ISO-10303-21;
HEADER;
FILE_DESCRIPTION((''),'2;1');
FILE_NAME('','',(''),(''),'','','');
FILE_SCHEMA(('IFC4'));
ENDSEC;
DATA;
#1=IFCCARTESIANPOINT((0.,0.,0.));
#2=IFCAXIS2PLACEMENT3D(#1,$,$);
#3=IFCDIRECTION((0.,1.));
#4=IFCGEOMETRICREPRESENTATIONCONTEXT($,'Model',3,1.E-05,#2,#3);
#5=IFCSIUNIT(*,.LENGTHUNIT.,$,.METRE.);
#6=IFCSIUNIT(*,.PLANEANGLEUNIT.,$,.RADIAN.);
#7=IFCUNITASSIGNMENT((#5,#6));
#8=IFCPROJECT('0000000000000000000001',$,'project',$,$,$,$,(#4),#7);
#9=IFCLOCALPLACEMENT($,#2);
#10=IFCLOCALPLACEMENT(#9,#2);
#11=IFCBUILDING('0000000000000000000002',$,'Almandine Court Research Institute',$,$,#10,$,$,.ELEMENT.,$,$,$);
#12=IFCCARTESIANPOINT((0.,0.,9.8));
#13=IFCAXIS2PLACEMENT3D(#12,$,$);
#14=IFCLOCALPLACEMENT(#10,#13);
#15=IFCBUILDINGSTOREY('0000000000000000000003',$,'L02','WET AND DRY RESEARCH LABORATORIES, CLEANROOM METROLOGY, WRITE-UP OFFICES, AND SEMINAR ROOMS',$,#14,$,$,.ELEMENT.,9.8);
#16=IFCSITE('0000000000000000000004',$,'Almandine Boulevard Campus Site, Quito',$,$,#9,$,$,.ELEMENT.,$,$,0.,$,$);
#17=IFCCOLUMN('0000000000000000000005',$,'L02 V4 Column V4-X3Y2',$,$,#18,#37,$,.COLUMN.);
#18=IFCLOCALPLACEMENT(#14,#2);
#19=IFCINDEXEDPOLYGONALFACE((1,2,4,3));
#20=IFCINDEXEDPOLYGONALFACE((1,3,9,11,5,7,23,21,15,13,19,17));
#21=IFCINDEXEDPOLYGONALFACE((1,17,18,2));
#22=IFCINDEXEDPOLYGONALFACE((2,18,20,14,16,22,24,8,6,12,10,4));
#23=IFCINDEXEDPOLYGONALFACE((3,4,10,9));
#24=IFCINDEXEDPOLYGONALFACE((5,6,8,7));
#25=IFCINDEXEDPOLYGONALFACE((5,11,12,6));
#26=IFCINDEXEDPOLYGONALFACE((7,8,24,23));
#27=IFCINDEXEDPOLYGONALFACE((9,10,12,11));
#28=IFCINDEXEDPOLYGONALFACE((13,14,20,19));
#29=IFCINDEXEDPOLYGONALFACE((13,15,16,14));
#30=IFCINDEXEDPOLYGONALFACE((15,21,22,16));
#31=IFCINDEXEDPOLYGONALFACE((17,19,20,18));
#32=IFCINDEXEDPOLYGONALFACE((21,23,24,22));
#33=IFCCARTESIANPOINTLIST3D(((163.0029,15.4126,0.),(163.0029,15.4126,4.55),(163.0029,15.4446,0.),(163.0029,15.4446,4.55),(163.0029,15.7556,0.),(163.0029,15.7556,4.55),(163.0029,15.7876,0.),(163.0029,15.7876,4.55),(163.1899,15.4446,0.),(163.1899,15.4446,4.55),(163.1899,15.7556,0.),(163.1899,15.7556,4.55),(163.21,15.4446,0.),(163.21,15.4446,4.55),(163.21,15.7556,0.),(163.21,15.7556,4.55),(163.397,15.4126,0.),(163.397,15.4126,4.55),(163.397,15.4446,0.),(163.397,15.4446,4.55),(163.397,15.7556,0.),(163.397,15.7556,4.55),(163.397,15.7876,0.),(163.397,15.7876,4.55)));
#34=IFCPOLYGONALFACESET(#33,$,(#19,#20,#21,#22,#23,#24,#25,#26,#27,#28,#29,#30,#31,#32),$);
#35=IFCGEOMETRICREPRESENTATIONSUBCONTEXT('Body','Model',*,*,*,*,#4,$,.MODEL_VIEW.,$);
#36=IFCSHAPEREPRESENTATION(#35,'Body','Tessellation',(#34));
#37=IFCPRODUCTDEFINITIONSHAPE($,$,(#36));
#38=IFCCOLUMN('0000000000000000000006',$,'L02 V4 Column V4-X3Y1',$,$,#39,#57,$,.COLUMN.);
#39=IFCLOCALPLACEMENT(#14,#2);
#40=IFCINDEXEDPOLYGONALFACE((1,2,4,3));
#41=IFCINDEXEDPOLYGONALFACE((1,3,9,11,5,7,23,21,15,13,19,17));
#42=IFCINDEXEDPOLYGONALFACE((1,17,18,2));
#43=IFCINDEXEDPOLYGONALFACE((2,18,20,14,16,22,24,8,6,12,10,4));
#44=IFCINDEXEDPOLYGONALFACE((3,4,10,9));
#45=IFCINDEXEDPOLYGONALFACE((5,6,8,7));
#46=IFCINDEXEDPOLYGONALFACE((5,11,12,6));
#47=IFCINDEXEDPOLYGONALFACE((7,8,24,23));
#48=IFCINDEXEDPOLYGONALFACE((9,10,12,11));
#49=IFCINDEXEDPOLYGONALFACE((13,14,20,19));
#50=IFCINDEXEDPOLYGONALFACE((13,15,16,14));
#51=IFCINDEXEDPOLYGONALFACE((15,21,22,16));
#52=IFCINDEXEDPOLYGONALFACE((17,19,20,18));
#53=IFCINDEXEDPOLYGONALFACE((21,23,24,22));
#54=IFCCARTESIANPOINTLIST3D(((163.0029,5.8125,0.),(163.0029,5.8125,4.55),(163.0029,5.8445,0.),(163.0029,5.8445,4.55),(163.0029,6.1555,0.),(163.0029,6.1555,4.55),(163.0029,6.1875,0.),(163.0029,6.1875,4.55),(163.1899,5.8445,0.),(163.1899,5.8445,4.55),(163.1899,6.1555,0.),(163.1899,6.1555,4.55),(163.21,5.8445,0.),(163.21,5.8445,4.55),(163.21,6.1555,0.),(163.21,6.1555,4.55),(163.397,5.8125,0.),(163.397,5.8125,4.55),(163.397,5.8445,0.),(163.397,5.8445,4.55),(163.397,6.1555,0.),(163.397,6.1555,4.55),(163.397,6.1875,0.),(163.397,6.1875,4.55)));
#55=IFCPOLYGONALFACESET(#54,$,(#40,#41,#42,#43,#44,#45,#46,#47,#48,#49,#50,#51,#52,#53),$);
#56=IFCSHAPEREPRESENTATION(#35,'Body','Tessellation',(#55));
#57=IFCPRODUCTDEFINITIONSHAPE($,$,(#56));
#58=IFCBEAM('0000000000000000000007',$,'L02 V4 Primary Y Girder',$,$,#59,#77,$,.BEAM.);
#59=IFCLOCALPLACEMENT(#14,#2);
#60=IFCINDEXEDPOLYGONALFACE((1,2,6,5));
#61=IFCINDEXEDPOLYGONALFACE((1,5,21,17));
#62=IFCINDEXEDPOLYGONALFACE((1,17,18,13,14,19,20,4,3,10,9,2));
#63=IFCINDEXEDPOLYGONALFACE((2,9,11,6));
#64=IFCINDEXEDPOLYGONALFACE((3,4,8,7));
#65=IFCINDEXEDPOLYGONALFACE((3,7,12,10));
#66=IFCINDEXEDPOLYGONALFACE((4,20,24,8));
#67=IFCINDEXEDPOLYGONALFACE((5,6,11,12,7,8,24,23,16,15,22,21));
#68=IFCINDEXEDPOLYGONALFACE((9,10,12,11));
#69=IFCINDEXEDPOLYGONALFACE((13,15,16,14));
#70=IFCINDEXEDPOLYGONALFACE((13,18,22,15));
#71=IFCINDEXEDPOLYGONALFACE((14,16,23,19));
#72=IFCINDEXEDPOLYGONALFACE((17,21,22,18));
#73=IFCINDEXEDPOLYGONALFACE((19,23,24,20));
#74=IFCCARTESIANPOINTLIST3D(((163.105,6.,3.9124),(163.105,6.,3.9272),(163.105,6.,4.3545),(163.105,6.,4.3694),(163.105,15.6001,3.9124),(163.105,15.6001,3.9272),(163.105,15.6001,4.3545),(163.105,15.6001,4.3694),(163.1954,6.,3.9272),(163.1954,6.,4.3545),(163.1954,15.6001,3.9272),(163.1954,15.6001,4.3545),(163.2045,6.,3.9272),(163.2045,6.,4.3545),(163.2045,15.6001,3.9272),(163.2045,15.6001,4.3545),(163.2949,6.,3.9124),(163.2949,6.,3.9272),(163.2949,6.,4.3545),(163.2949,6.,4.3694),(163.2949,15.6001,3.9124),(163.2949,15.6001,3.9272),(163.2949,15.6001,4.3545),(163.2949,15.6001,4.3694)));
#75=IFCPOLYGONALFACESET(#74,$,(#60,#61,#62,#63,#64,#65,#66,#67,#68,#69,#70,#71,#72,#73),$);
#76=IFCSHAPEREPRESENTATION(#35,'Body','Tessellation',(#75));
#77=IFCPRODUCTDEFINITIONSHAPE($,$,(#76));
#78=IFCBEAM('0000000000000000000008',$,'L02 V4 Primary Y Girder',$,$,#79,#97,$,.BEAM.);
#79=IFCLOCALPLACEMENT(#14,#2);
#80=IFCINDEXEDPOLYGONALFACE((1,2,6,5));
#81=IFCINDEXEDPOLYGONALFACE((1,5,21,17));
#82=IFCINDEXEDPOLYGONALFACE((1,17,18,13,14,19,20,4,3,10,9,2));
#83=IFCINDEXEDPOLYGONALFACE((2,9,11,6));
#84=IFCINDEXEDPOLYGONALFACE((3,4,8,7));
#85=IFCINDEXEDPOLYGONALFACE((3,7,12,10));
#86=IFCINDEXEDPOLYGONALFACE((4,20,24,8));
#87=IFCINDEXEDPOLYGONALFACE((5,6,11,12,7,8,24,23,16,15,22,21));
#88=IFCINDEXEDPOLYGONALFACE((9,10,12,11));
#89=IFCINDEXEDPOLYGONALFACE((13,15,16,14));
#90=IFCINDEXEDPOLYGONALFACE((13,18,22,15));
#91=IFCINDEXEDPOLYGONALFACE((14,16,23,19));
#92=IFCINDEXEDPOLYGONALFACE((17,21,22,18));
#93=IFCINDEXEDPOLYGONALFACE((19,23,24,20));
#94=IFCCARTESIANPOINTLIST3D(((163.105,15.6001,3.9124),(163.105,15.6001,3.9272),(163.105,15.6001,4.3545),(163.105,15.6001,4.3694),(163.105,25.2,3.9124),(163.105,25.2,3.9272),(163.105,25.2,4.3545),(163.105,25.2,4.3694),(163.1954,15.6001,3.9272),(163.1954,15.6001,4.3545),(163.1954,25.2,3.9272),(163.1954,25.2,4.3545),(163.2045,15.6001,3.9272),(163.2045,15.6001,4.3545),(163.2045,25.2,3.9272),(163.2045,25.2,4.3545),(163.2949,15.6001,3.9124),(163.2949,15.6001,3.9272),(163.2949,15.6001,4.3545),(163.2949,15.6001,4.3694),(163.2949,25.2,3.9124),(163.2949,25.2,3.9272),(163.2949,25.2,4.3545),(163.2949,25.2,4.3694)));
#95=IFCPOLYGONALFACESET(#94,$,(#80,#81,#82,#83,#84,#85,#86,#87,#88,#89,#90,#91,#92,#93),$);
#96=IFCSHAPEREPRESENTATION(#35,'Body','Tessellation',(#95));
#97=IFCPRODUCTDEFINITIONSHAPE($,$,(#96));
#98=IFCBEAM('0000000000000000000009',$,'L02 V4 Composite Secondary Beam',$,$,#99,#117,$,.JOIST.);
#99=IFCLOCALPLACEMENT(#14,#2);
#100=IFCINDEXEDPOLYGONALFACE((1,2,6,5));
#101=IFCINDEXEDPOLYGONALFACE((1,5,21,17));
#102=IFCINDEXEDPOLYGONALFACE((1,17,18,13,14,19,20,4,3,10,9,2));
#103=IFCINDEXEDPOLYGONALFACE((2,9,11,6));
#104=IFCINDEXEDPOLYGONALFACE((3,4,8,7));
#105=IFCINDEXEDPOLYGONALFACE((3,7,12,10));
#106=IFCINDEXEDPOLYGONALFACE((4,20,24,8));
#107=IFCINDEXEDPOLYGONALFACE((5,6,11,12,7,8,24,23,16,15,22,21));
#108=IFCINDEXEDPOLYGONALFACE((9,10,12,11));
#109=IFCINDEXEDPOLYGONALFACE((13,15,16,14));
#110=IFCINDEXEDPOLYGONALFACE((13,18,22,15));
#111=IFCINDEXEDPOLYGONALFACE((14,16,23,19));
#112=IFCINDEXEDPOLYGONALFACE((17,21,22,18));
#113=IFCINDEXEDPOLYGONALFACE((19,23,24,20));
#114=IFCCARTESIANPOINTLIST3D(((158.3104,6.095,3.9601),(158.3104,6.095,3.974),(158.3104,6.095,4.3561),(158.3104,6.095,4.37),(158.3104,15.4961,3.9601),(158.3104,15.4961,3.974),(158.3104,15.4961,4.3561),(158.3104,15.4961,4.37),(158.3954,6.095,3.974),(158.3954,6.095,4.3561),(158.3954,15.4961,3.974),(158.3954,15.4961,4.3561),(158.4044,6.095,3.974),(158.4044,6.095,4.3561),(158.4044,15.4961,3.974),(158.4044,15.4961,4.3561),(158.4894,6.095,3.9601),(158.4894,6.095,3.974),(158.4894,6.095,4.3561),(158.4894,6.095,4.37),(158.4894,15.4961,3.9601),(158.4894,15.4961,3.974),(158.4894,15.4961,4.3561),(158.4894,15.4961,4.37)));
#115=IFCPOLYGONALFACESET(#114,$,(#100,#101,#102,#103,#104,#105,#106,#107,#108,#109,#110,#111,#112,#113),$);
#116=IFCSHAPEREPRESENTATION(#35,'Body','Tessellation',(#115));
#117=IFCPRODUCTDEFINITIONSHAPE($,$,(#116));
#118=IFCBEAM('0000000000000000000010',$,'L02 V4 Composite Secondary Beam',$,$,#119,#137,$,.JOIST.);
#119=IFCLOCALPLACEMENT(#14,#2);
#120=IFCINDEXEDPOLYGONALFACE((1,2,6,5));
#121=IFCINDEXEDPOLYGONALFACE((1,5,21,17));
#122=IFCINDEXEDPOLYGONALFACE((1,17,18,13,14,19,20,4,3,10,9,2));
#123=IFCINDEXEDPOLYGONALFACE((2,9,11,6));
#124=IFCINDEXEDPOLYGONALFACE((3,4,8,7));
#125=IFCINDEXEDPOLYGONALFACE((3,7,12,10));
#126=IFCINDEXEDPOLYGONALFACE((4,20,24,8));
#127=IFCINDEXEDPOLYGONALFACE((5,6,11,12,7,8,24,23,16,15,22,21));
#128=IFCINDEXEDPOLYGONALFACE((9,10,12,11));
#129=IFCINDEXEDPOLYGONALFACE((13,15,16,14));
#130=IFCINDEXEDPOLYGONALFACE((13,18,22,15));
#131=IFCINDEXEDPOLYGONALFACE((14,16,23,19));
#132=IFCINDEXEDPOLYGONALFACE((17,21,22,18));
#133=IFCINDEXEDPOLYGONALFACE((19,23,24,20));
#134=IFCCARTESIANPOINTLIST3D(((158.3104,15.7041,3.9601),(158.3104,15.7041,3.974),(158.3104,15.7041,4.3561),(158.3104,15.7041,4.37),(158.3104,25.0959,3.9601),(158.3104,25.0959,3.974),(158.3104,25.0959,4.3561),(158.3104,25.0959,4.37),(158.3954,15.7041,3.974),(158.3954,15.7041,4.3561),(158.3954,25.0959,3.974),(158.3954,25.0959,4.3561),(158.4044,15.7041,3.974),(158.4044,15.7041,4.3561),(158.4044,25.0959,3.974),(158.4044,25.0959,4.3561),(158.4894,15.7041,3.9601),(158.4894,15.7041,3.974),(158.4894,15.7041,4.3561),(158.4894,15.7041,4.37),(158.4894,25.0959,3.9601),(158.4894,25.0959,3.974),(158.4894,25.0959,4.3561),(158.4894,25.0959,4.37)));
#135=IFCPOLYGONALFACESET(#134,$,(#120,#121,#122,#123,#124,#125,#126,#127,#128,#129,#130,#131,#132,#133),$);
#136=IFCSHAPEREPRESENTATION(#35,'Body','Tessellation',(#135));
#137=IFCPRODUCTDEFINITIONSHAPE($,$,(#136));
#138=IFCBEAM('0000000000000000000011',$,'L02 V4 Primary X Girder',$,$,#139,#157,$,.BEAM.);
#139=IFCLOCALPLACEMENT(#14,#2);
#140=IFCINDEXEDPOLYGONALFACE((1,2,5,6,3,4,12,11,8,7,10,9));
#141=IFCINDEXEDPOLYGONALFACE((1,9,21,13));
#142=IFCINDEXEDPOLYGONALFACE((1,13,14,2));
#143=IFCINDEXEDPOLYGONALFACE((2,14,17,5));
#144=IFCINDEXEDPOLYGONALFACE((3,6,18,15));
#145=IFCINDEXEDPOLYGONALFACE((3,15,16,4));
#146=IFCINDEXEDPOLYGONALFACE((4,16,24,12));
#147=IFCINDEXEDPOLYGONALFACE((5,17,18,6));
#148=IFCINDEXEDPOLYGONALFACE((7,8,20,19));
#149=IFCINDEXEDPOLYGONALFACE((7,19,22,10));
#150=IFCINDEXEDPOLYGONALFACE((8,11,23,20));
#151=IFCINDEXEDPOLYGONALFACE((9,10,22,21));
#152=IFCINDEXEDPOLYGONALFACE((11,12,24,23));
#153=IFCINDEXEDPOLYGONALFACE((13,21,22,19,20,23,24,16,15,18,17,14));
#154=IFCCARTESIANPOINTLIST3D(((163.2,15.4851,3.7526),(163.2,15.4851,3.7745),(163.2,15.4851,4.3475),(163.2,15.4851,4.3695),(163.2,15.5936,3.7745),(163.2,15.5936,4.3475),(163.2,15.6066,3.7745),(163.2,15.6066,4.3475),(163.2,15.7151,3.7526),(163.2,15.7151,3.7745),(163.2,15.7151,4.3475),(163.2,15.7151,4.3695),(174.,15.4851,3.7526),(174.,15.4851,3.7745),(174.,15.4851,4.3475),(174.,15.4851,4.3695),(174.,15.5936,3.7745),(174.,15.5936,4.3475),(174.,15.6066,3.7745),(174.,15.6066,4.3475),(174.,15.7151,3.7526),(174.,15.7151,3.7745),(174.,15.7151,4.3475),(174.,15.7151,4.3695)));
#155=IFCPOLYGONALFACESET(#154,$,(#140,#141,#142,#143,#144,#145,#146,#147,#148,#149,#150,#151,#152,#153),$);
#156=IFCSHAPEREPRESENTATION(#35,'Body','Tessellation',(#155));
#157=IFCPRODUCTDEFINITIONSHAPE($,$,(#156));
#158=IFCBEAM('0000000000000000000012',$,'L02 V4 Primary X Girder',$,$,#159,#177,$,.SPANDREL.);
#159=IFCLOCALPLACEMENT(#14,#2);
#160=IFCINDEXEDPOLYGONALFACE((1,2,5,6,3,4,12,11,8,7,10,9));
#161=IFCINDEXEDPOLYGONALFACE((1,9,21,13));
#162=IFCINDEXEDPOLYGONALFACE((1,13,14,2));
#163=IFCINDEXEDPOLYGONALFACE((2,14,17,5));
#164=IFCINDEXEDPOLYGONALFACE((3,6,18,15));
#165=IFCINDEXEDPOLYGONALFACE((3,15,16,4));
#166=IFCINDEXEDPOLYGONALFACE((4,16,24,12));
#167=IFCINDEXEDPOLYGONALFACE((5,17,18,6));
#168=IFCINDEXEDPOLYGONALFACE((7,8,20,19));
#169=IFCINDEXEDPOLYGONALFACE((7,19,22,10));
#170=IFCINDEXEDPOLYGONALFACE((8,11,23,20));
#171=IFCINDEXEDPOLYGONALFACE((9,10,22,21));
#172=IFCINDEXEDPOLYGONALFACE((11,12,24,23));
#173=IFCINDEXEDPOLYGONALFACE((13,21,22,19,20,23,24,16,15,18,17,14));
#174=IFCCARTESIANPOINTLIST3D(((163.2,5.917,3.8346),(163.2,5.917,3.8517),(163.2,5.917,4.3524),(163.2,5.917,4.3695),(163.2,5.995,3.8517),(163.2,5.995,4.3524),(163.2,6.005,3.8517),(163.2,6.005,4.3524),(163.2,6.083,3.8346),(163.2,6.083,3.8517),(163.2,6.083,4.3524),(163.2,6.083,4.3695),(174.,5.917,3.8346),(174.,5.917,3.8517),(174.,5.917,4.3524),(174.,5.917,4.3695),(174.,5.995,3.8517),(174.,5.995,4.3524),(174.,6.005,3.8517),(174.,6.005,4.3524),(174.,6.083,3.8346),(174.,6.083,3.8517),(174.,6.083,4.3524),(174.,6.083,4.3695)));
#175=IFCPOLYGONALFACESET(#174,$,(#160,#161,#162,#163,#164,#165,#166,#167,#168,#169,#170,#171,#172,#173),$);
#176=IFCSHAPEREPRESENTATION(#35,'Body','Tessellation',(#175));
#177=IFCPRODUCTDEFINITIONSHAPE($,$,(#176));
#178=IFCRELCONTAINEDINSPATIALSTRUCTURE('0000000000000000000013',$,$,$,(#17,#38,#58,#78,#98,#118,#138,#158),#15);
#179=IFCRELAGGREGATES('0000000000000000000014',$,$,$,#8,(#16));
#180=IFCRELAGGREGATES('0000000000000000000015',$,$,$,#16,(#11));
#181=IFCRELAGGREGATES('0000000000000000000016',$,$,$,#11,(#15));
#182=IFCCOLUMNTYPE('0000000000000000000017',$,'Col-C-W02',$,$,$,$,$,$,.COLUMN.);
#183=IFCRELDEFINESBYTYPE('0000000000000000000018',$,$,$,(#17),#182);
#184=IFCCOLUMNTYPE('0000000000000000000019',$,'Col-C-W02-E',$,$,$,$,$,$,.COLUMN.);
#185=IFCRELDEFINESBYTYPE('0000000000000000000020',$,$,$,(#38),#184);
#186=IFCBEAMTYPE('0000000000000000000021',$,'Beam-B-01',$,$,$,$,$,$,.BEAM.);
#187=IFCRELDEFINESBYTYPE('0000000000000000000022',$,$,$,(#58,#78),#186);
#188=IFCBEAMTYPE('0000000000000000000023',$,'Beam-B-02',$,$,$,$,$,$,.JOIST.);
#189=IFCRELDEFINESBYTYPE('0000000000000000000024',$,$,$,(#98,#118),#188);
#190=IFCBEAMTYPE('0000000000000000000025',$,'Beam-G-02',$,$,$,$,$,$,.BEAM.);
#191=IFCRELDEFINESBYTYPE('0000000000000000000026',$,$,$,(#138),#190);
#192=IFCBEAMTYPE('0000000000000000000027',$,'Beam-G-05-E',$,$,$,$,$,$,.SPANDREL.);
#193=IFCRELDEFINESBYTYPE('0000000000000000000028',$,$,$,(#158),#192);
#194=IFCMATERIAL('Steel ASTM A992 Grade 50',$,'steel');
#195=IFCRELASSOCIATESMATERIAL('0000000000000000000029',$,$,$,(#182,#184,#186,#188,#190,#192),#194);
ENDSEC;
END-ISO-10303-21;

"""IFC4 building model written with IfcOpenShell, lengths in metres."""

from ifc_helpers import new_model, si_unit, direction, frame, origin, origin_2d, place, context, subcontext, project, spatial, i_section, extrude, material, material_profile, profile_set, type_object, element, save


model = new_model("IFC4")

# Units and contexts
model_context = context("Model", 3, precision=1e-05, world=origin(), true_north=direction((0.0, 1.0)))
body_context = subcontext(model_context, "Body", "Model", "MODEL_VIEW")
ifc_project = project(units=[si_unit("LENGTHUNIT", "METRE"), si_unit("PLANEANGLEUNIT", "RADIAN")], contexts=[model_context])

# Site, building, storey
site_placement = place(None, origin())
site = spatial("IfcSite", under=ifc_project, at=site_placement, Name="Almandine Boulevard Campus Site, Quito", CompositionType="ELEMENT", RefElevation=0.0)
building_placement = place(site_placement, origin())
building = spatial("IfcBuilding", under=site, at=building_placement, Name="Almandine Court Research Institute", CompositionType="ELEMENT")
storey_placement = place(building_placement, frame((0.0, 0.0, 9.8)))
storey = spatial("IfcBuildingStorey", under=building, at=storey_placement, Name="L02", Description="WET AND DRY RESEARCH LABORATORIES, CLEANROOM METROLOGY, WRITE-UP OFFICES, AND SEMINAR ROOMS", CompositionType="ELEMENT", Elevation=9.8)

# Columns
ifc_material_1 = material(Name="Steel ASTM A992 Grade 50", Category="steel")
ifc_material_profile_1 = material_profile(ifc_material_1, i_section(OverallWidth=0.394, OverallDepth=0.375, WebThickness=0.02, FlangeThickness=0.032, at=origin_2d()), Name="W360x216")
ifc_profile_set_1 = profile_set([ifc_material_profile_1], Name="Steel ASTM A992 Grade 50")
column_type_1 = type_object("IfcColumnType", Name="Col-C-W02", PredefinedType="COLUMN", material=ifc_profile_set_1)
column_1_placement = place(storey_placement, frame((163.2, 15.6001, 0.0), z_axis=(0.0, 0.0, 1.0), x_axis=(1.0, 0.0, 0.0)))
element("IfcColumn", 1, at=column_1_placement, inside=storey, type_object=column_type_1, Name="L02 V4 Column V4-X3Y2", PredefinedType="COLUMN", context=body_context, shape_type="SweptSolid", body=[
    extrude(i_section(OverallWidth=0.394, OverallDepth=0.375, WebThickness=0.02, FlangeThickness=0.032, at=origin_2d()), origin(), (0.0, 0.0, 1.0), 4.55),
])
ifc_material_profile_2 = material_profile(ifc_material_1, i_section(OverallWidth=0.394, OverallDepth=0.375, WebThickness=0.02, FlangeThickness=0.032, at=origin_2d()), Name="W360x216")
ifc_profile_set_2 = profile_set([ifc_material_profile_2], Name="Steel ASTM A992 Grade 50")
column_type_2 = type_object("IfcColumnType", Name="Col-C-W02-E", PredefinedType="COLUMN", material=ifc_profile_set_2)
column_2_placement = place(storey_placement, frame((163.2, 6.0, 0.0), z_axis=(0.0, 0.0, 1.0), x_axis=(1.0, 0.0, 0.0)))
element("IfcColumn", 2, at=column_2_placement, inside=storey, type_object=column_type_2, Name="L02 V4 Column V4-X3Y1", PredefinedType="COLUMN", context=body_context, shape_type="SweptSolid", body=[
    extrude(i_section(OverallWidth=0.394, OverallDepth=0.375, WebThickness=0.02, FlangeThickness=0.032, at=origin_2d()), origin(), (0.0, 0.0, 1.0), 4.55),
])

# Beams
ifc_material_profile_3 = material_profile(ifc_material_1, i_section(OverallWidth=0.1899, OverallDepth=0.457, WebThickness=0.009, FlangeThickness=0.0149, at=origin_2d()), Name="W460x74")
ifc_profile_set_3 = profile_set([ifc_material_profile_3], Name="Steel ASTM A992 Grade 50")
beam_type_1 = type_object("IfcBeamType", Name="Beam-B-01", PredefinedType="BEAM", material=ifc_profile_set_3)
beam_1_placement = place(storey_placement, frame((163.2, 6.0, 4.1409), z_axis=(0.0, 1.0, 0.0), x_axis=(-1.0, 0.0, 0.0)))
element("IfcBeam", 3, at=beam_1_placement, inside=storey, type_object=beam_type_1, Name="L02 V4 Primary Y Girder", PredefinedType="BEAM", context=body_context, shape_type="SweptSolid", body=[
    extrude(i_section(OverallWidth=0.1899, OverallDepth=0.457, WebThickness=0.009, FlangeThickness=0.0149, at=origin_2d()), origin(), (0.0, 0.0, 1.0), 9.6001),
])
beam_2_placement = place(storey_placement, frame((163.2, 15.6001, 4.1409), z_axis=(0.0, 1.0, 0.0), x_axis=(-1.0, 0.0, 0.0)))
element("IfcBeam", 4, at=beam_2_placement, inside=storey, type_object=beam_type_1, Name="L02 V4 Primary Y Girder", PredefinedType="BEAM", context=body_context, shape_type="SweptSolid", body=[
    extrude(i_section(OverallWidth=0.1899, OverallDepth=0.457, WebThickness=0.009, FlangeThickness=0.0149, at=origin_2d()), origin(), (0.0, 0.0, 1.0), 9.5999),
])
ifc_material_profile_4 = material_profile(ifc_material_1, i_section(OverallWidth=0.179, OverallDepth=0.4099, WebThickness=0.009, FlangeThickness=0.0139, at=origin_2d()), Name="W410x67")
ifc_profile_set_4 = profile_set([ifc_material_profile_4], Name="Steel ASTM A992 Grade 50")
beam_type_2 = type_object("IfcBeamType", Name="Beam-B-02", PredefinedType="JOIST", material=ifc_profile_set_4)
beam_3_placement = place(storey_placement, frame((158.3999, 6.095, 4.165), z_axis=(0.0, 1.0, 0.0), x_axis=(-1.0, 0.0, 0.0)))
element("IfcBeam", 5, at=beam_3_placement, inside=storey, type_object=beam_type_2, Name="L02 V4 Composite Secondary Beam", PredefinedType="JOIST", context=body_context, shape_type="SweptSolid", body=[
    extrude(i_section(OverallWidth=0.179, OverallDepth=0.4099, WebThickness=0.009, FlangeThickness=0.0139, at=origin_2d()), origin(), (0.0, 0.0, 1.0), 9.4011),
])
beam_4_placement = place(storey_placement, frame((158.3999, 15.7041, 4.165), z_axis=(0.0, 1.0, 0.0), x_axis=(-1.0, 0.0, 0.0)))
element("IfcBeam", 6, at=beam_4_placement, inside=storey, type_object=beam_type_2, Name="L02 V4 Composite Secondary Beam", PredefinedType="JOIST", context=body_context, shape_type="SweptSolid", body=[
    extrude(i_section(OverallWidth=0.179, OverallDepth=0.4099, WebThickness=0.009, FlangeThickness=0.0139, at=origin_2d()), origin(), (0.0, 0.0, 1.0), 9.3918),
])
ifc_material_profile_5 = material_profile(ifc_material_1, i_section(OverallWidth=0.23, OverallDepth=0.6169, WebThickness=0.0129, FlangeThickness=0.022, at=origin_2d()), Name="W610x140")
ifc_profile_set_5 = profile_set([ifc_material_profile_5], Name="Steel ASTM A992 Grade 50")
beam_type_3 = type_object("IfcBeamType", Name="Beam-G-02", PredefinedType="BEAM", material=ifc_profile_set_5)
beam_5_placement = place(storey_placement, frame((163.2, 15.6001, 4.061), z_axis=(1.0, 0.0, 0.0), x_axis=(0.0, 1.0, 0.0)))
element("IfcBeam", 7, at=beam_5_placement, inside=storey, type_object=beam_type_3, Name="L02 V4 Primary X Girder", PredefinedType="BEAM", context=body_context, shape_type="SweptSolid", body=[
    extrude(i_section(OverallWidth=0.23, OverallDepth=0.6169, WebThickness=0.0129, FlangeThickness=0.022, at=origin_2d()), origin(), (0.0, 0.0, 1.0), 10.8),
])
ifc_material_profile_6 = material_profile(ifc_material_1, i_section(OverallWidth=0.166, OverallDepth=0.5349, WebThickness=0.01, FlangeThickness=0.0171, at=origin_2d()), Name="W530x85")
ifc_profile_set_6 = profile_set([ifc_material_profile_6], Name="Steel ASTM A992 Grade 50")
beam_type_4 = type_object("IfcBeamType", Name="Beam-G-05-E", PredefinedType="SPANDREL", material=ifc_profile_set_6)
beam_6_placement = place(storey_placement, frame((163.2, 6.0, 4.1021), z_axis=(1.0, 0.0, 0.0), x_axis=(0.0, 1.0, 0.0)))
element("IfcBeam", 8, at=beam_6_placement, inside=storey, type_object=beam_type_4, Name="L02 V4 Primary X Girder", PredefinedType="SPANDREL", context=body_context, shape_type="SweptSolid", body=[
    extrude(i_section(OverallWidth=0.166, OverallDepth=0.5349, WebThickness=0.01, FlangeThickness=0.0171, at=origin_2d()), origin(), (0.0, 0.0, 1.0), 10.8),
])

save(model, "model.ifc")
